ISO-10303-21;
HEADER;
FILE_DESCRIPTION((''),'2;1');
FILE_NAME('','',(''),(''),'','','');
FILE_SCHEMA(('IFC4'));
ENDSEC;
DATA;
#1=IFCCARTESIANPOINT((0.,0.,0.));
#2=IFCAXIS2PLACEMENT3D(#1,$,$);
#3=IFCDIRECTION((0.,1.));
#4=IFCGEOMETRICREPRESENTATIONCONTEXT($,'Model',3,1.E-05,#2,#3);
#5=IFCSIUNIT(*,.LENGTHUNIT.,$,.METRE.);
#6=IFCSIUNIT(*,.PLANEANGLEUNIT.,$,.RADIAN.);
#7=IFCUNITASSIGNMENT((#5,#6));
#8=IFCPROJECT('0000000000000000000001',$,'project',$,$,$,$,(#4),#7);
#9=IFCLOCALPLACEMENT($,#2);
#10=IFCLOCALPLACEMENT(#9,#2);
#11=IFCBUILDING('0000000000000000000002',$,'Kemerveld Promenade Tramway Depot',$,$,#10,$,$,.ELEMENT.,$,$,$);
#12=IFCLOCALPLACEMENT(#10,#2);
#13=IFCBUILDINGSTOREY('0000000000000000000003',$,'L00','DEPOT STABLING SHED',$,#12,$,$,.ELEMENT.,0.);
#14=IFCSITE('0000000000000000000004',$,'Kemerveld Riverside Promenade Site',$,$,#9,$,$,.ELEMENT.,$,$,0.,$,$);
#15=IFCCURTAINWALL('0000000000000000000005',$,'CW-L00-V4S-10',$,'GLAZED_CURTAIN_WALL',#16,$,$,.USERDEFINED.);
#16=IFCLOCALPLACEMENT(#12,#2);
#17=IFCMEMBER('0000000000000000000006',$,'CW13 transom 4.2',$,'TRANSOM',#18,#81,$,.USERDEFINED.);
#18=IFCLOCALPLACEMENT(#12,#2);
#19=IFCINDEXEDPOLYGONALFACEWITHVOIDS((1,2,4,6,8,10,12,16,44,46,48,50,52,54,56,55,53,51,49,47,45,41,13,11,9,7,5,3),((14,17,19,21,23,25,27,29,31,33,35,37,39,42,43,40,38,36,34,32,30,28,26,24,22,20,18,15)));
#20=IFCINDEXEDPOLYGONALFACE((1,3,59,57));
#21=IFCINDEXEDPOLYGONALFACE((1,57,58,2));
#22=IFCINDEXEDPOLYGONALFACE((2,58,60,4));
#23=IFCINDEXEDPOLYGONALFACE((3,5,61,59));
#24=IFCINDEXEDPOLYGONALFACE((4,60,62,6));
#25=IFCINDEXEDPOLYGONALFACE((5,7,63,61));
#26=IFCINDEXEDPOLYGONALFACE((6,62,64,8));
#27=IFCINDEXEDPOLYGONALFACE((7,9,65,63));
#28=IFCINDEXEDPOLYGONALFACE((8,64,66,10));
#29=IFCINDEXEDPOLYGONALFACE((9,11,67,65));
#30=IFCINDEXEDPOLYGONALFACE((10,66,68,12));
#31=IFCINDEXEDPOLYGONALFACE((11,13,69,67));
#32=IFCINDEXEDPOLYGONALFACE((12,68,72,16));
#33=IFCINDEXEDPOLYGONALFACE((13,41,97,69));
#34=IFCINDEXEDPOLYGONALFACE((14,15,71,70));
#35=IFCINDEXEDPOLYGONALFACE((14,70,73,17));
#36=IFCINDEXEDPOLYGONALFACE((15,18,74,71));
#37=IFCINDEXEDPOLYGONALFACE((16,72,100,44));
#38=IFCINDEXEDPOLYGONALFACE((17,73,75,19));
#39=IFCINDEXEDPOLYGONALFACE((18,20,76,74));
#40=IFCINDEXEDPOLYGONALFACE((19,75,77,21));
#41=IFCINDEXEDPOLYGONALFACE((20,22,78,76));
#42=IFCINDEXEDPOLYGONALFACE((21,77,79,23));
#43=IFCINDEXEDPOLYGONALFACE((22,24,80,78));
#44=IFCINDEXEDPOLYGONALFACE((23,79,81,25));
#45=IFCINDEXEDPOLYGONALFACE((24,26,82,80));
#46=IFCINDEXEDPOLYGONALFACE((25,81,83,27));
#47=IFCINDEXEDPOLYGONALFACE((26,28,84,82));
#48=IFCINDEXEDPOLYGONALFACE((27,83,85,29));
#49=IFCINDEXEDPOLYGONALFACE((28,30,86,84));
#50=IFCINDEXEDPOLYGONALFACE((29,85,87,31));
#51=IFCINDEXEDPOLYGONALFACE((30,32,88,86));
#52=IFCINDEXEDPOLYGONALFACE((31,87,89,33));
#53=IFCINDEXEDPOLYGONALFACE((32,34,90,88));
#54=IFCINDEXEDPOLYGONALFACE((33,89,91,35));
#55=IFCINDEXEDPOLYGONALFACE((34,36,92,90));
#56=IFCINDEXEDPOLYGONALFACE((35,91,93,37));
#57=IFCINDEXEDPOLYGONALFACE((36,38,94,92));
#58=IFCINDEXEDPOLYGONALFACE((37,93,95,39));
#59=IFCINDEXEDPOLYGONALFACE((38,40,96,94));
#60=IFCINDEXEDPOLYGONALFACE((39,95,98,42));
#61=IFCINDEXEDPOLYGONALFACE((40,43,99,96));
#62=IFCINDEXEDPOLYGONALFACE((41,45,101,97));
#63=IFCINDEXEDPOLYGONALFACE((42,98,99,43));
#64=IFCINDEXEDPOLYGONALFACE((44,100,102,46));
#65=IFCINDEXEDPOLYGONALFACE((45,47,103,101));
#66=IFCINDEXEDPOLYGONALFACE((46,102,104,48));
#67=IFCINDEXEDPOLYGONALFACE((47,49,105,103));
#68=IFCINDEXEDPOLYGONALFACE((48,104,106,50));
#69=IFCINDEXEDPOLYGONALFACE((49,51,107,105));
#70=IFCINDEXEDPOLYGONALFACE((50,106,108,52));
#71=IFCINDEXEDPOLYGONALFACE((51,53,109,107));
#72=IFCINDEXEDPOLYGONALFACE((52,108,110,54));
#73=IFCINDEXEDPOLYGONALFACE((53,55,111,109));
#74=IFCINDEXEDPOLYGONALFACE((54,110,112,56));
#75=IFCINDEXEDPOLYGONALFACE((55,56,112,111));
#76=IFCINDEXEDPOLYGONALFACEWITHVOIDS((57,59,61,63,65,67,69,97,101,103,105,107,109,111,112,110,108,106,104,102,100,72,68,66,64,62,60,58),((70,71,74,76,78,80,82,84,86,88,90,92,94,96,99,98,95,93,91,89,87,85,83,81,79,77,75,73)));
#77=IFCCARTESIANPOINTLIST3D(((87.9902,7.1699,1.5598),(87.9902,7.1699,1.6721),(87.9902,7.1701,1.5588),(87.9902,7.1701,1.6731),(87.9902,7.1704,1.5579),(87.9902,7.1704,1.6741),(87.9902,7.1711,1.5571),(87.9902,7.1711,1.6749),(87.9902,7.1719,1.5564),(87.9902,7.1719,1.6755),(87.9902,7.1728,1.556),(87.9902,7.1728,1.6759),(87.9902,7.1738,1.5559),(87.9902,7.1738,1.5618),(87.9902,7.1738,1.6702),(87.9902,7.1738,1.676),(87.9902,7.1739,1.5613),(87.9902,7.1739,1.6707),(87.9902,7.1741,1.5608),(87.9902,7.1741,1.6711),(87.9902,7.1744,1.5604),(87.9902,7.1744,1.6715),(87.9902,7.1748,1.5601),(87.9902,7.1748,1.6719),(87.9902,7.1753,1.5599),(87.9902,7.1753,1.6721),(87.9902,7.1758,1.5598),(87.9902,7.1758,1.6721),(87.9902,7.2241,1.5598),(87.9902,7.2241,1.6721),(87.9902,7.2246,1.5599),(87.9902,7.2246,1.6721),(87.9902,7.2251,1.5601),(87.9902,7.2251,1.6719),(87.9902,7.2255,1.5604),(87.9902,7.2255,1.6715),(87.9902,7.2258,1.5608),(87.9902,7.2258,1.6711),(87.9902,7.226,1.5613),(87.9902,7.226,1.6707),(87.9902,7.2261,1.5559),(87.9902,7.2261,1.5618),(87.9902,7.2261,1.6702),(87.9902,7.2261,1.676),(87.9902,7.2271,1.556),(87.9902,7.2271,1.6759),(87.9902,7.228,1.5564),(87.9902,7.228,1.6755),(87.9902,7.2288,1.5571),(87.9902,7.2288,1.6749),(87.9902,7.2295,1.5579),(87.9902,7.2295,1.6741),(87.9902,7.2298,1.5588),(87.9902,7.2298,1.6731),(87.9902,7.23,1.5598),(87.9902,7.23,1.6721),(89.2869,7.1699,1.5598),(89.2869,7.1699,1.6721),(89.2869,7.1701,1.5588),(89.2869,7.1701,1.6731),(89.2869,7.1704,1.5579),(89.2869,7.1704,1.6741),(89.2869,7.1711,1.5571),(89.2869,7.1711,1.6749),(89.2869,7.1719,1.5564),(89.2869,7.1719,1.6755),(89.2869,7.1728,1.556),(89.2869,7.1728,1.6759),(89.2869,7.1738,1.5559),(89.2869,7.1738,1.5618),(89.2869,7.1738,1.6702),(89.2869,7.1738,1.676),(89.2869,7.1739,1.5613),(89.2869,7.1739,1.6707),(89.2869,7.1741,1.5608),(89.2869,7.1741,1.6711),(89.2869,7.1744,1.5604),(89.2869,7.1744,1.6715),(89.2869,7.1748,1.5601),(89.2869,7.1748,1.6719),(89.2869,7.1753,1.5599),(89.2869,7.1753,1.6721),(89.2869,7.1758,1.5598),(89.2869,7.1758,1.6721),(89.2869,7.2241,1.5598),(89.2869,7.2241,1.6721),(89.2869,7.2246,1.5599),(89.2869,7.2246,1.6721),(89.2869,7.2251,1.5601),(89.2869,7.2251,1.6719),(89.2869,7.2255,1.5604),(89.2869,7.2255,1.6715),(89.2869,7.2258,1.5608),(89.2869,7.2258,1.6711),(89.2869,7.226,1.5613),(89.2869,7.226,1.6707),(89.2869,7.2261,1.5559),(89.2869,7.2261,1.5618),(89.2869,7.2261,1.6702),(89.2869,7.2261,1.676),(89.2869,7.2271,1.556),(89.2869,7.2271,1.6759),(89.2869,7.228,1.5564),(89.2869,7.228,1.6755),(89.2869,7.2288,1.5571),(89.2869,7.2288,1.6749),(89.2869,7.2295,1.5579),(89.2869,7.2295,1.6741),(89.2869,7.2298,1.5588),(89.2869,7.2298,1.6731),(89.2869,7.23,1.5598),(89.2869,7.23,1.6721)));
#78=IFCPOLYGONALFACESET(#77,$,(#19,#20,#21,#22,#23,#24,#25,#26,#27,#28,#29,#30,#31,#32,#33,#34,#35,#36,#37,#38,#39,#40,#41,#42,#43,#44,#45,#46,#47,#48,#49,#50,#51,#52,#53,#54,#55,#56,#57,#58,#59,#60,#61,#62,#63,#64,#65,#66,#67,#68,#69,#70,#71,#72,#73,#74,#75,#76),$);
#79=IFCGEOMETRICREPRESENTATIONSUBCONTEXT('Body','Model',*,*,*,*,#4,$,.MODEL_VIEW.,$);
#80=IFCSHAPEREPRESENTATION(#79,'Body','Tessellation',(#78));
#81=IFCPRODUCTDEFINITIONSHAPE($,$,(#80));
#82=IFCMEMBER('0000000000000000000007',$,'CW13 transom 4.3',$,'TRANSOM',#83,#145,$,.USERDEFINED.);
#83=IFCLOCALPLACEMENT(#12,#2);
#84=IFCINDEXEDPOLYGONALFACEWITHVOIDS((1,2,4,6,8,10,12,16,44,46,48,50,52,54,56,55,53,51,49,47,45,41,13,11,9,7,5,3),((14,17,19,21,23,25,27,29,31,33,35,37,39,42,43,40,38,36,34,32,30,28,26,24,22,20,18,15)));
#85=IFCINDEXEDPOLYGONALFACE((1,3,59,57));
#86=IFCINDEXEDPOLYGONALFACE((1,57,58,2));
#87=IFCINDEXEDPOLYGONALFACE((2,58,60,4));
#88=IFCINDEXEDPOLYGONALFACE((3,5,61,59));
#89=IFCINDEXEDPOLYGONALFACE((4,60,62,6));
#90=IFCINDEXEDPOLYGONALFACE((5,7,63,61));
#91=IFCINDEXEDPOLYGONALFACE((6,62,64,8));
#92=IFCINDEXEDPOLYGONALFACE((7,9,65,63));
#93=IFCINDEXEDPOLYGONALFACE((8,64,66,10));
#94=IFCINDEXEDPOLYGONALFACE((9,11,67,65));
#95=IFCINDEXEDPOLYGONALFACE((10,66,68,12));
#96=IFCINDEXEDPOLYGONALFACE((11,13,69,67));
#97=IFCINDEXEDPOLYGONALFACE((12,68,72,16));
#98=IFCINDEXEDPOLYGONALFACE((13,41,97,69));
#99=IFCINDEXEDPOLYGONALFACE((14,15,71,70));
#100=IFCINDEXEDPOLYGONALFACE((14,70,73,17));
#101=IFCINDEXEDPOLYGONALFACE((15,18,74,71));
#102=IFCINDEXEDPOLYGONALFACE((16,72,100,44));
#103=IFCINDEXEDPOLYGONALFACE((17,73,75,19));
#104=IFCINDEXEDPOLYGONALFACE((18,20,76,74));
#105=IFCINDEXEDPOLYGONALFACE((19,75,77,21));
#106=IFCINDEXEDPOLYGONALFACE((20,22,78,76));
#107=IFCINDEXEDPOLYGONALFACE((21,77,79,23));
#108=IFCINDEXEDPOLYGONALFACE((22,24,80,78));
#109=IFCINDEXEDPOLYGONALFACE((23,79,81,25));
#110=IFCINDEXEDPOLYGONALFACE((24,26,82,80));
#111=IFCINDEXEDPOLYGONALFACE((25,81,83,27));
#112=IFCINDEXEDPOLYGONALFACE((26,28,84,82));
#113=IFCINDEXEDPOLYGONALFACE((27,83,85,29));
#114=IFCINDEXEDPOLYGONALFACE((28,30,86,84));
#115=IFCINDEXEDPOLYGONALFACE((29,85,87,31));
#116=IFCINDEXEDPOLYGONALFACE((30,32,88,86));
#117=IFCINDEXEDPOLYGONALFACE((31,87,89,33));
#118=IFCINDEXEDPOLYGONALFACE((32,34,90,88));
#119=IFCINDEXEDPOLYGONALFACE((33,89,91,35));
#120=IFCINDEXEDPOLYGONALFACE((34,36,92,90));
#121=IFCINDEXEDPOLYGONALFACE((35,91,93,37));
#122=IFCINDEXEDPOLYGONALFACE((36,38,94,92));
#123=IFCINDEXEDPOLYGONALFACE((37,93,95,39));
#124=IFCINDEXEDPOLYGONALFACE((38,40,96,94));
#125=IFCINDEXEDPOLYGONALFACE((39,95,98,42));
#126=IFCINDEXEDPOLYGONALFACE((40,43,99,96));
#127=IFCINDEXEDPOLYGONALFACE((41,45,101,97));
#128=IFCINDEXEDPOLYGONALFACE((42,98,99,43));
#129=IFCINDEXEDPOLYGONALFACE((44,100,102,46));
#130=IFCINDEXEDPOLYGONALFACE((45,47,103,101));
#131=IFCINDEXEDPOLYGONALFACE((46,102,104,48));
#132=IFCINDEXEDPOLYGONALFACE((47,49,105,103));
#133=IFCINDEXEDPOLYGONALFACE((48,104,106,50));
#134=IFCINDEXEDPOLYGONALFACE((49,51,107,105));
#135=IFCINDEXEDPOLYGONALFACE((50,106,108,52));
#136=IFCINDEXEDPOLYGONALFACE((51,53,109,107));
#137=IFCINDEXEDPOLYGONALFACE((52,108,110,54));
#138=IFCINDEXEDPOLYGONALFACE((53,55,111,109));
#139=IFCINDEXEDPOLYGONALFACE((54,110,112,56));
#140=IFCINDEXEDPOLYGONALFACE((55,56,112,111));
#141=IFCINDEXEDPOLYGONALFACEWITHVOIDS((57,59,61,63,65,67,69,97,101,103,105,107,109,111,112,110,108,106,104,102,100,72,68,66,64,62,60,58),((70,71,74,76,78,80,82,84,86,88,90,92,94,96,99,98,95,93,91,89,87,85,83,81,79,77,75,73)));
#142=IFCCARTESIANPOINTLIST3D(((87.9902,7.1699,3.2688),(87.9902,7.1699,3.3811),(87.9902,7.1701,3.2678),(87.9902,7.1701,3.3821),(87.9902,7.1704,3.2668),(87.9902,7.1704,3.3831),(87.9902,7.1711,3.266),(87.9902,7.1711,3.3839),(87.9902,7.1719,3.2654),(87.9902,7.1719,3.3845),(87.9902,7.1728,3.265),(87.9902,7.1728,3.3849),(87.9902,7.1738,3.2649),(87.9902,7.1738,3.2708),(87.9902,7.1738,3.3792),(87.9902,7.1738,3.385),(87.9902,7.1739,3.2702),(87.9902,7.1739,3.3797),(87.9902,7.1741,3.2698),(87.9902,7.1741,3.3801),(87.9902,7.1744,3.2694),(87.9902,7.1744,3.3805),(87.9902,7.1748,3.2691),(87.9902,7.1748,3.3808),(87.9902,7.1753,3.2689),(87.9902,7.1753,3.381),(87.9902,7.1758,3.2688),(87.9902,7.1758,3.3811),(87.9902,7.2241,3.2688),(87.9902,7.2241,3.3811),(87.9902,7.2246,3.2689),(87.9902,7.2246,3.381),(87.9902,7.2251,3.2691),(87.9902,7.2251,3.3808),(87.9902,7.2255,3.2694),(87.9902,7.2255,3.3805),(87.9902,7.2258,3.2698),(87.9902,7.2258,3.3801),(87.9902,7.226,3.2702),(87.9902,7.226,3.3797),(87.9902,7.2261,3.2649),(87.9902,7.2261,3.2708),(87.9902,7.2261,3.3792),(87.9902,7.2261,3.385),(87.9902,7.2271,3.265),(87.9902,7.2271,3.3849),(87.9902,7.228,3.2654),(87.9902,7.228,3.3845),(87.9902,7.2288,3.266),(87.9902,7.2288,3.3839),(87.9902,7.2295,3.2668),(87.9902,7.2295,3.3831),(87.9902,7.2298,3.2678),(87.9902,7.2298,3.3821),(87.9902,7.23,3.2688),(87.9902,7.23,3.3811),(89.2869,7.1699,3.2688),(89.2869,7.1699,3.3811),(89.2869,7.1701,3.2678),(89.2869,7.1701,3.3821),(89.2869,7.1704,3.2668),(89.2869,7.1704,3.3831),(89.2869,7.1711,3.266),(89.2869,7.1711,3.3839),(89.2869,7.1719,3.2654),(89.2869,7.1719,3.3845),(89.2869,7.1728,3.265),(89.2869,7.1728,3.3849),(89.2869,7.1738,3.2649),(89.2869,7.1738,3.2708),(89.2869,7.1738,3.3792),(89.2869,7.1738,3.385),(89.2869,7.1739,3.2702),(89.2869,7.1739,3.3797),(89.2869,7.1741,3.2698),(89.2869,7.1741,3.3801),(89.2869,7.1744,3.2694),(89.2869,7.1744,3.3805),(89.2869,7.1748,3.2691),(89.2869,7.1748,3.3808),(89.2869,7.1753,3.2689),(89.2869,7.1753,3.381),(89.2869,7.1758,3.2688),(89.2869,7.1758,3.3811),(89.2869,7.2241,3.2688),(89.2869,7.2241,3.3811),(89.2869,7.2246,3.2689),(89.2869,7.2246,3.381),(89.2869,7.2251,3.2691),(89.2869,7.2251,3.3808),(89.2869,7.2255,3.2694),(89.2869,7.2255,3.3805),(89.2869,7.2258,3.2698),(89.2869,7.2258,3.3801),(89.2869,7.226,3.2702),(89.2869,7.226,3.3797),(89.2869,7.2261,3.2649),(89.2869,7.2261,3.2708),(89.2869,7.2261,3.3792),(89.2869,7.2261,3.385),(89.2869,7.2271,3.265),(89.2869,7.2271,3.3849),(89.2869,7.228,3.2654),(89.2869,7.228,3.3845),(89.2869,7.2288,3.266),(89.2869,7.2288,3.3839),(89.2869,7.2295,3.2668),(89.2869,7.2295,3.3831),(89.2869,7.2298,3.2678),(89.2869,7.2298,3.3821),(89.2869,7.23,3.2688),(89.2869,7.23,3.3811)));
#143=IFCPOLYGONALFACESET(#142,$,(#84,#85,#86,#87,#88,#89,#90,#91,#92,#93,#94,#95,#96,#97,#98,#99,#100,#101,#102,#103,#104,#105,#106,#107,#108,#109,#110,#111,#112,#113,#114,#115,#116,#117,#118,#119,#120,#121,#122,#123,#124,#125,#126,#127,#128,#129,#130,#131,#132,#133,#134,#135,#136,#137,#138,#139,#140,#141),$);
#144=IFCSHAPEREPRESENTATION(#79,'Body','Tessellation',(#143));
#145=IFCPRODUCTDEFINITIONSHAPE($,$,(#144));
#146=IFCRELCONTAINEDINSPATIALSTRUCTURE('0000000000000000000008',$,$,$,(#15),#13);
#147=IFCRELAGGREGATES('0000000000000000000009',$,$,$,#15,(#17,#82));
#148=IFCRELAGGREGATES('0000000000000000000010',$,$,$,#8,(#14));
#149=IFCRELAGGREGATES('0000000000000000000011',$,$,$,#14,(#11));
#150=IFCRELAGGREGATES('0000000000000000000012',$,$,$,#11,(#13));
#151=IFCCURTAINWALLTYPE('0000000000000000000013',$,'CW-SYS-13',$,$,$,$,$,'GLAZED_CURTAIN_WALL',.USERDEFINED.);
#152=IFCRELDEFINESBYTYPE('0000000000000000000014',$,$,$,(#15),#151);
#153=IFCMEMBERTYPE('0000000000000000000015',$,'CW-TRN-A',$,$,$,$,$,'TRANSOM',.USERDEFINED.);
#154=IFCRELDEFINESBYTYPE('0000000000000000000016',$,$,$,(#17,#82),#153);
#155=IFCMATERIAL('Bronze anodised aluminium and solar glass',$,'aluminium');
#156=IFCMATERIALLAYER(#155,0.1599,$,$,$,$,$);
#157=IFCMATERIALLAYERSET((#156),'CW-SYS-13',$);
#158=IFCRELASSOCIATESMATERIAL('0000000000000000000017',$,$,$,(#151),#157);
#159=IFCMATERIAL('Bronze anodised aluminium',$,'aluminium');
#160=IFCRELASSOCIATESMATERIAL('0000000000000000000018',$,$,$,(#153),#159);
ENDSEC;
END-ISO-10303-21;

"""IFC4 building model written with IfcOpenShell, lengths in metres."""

from ifc_helpers import new_model, si_unit, direction, frame, origin, origin_2d, place, context, subcontext, project, spatial, hollow_rectangle, extrude, material, layer, layer_set, material_profile, profile_set, type_object, element, aggregate, save


model = new_model("IFC4")

# Units and contexts
model_context = context("Model", 3, precision=1e-05, world=origin(), true_north=direction((0.0, 1.0)))
body_context = subcontext(model_context, "Body", "Model", "MODEL_VIEW")
ifc_project = project(units=[si_unit("LENGTHUNIT", "METRE"), si_unit("PLANEANGLEUNIT", "RADIAN")], contexts=[model_context])

# Site, building, storey
site_placement = place(None, origin())
site = spatial("IfcSite", under=ifc_project, at=site_placement, Name="Kemerveld Riverside Promenade Site", CompositionType="ELEMENT", RefElevation=0.0)
building_placement = place(site_placement, origin())
building = spatial("IfcBuilding", under=site, at=building_placement, Name="Kemerveld Promenade Tramway Depot", CompositionType="ELEMENT")
storey_placement = place(building_placement, origin())
storey = spatial("IfcBuildingStorey", under=building, at=storey_placement, Name="L00", Description="DEPOT STABLING SHED", CompositionType="ELEMENT", Elevation=0.0)

# Curtain wall, members
ifc_material_1 = material(Name="Bronze anodised aluminium and solar glass", Category="aluminium")
ifc_layer_1 = layer(ifc_material_1, 0.1599)
ifc_layer_set_1 = layer_set([ifc_layer_1], Name="CW-SYS-13")
curtain_wall_type = type_object("IfcCurtainWallType", Name="CW-SYS-13", ElementType="GLAZED_CURTAIN_WALL", PredefinedType="USERDEFINED", material=ifc_layer_set_1)
curtain_wall_placement = place(storey_placement, origin())
curtain_wall = element("IfcCurtainWall", 1, at=curtain_wall_placement, inside=storey, type_object=curtain_wall_type, Name="CW-L00-V4S-10", ObjectType="GLAZED_CURTAIN_WALL", PredefinedType="USERDEFINED")
ifc_material_2 = material(Name="Bronze anodised aluminium", Category="aluminium")
ifc_material_profile_1 = material_profile(ifc_material_2, hollow_rectangle(XDim=0.0601, YDim=0.1201, WallThickness=0.0039, InnerFilletRadius=0.002, OuterFilletRadius=0.0039, at=origin_2d()), Name="CW-TRN-120x60")
ifc_profile_set_1 = profile_set([ifc_material_profile_1], Name="Bronze anodised aluminium")
member_type_1 = type_object("IfcMemberType", Name="CW-TRN-A", ElementType="TRANSOM", PredefinedType="USERDEFINED", material=ifc_profile_set_1)
member_1_placement = place(storey_placement, frame((89.2869, 7.2, 1.616), z_axis=(-1.0, 0.0, 0.0), x_axis=(0.0, -1.0, 0.0)))
member_1 = element("IfcMember", 2, at=member_1_placement, type_object=member_type_1, Name="CW13 transom 4.2", ObjectType="TRANSOM", PredefinedType="USERDEFINED", context=body_context, shape_type="SweptSolid", body=[
    extrude(hollow_rectangle(XDim=0.0601, YDim=0.1201, WallThickness=0.0039, InnerFilletRadius=0.002, OuterFilletRadius=0.0039, at=origin_2d()), origin(), (0.0, 0.0, 1.0), 1.2966),
])
member_2_placement = place(storey_placement, frame((89.2869, 7.2, 3.325), z_axis=(-1.0, 0.0, 0.0), x_axis=(0.0, -1.0, 0.0)))
member_2 = element("IfcMember", 3, at=member_2_placement, type_object=member_type_1, Name="CW13 transom 4.3", ObjectType="TRANSOM", PredefinedType="USERDEFINED", context=body_context, shape_type="SweptSolid", body=[
    extrude(hollow_rectangle(XDim=0.0601, YDim=0.1201, WallThickness=0.0039, InnerFilletRadius=0.002, OuterFilletRadius=0.0039, at=origin_2d()), origin(), (0.0, 0.0, 1.0), 1.2966),
])
aggregate(curtain_wall, [member_1, member_2])

save(model, "model.ifc")
